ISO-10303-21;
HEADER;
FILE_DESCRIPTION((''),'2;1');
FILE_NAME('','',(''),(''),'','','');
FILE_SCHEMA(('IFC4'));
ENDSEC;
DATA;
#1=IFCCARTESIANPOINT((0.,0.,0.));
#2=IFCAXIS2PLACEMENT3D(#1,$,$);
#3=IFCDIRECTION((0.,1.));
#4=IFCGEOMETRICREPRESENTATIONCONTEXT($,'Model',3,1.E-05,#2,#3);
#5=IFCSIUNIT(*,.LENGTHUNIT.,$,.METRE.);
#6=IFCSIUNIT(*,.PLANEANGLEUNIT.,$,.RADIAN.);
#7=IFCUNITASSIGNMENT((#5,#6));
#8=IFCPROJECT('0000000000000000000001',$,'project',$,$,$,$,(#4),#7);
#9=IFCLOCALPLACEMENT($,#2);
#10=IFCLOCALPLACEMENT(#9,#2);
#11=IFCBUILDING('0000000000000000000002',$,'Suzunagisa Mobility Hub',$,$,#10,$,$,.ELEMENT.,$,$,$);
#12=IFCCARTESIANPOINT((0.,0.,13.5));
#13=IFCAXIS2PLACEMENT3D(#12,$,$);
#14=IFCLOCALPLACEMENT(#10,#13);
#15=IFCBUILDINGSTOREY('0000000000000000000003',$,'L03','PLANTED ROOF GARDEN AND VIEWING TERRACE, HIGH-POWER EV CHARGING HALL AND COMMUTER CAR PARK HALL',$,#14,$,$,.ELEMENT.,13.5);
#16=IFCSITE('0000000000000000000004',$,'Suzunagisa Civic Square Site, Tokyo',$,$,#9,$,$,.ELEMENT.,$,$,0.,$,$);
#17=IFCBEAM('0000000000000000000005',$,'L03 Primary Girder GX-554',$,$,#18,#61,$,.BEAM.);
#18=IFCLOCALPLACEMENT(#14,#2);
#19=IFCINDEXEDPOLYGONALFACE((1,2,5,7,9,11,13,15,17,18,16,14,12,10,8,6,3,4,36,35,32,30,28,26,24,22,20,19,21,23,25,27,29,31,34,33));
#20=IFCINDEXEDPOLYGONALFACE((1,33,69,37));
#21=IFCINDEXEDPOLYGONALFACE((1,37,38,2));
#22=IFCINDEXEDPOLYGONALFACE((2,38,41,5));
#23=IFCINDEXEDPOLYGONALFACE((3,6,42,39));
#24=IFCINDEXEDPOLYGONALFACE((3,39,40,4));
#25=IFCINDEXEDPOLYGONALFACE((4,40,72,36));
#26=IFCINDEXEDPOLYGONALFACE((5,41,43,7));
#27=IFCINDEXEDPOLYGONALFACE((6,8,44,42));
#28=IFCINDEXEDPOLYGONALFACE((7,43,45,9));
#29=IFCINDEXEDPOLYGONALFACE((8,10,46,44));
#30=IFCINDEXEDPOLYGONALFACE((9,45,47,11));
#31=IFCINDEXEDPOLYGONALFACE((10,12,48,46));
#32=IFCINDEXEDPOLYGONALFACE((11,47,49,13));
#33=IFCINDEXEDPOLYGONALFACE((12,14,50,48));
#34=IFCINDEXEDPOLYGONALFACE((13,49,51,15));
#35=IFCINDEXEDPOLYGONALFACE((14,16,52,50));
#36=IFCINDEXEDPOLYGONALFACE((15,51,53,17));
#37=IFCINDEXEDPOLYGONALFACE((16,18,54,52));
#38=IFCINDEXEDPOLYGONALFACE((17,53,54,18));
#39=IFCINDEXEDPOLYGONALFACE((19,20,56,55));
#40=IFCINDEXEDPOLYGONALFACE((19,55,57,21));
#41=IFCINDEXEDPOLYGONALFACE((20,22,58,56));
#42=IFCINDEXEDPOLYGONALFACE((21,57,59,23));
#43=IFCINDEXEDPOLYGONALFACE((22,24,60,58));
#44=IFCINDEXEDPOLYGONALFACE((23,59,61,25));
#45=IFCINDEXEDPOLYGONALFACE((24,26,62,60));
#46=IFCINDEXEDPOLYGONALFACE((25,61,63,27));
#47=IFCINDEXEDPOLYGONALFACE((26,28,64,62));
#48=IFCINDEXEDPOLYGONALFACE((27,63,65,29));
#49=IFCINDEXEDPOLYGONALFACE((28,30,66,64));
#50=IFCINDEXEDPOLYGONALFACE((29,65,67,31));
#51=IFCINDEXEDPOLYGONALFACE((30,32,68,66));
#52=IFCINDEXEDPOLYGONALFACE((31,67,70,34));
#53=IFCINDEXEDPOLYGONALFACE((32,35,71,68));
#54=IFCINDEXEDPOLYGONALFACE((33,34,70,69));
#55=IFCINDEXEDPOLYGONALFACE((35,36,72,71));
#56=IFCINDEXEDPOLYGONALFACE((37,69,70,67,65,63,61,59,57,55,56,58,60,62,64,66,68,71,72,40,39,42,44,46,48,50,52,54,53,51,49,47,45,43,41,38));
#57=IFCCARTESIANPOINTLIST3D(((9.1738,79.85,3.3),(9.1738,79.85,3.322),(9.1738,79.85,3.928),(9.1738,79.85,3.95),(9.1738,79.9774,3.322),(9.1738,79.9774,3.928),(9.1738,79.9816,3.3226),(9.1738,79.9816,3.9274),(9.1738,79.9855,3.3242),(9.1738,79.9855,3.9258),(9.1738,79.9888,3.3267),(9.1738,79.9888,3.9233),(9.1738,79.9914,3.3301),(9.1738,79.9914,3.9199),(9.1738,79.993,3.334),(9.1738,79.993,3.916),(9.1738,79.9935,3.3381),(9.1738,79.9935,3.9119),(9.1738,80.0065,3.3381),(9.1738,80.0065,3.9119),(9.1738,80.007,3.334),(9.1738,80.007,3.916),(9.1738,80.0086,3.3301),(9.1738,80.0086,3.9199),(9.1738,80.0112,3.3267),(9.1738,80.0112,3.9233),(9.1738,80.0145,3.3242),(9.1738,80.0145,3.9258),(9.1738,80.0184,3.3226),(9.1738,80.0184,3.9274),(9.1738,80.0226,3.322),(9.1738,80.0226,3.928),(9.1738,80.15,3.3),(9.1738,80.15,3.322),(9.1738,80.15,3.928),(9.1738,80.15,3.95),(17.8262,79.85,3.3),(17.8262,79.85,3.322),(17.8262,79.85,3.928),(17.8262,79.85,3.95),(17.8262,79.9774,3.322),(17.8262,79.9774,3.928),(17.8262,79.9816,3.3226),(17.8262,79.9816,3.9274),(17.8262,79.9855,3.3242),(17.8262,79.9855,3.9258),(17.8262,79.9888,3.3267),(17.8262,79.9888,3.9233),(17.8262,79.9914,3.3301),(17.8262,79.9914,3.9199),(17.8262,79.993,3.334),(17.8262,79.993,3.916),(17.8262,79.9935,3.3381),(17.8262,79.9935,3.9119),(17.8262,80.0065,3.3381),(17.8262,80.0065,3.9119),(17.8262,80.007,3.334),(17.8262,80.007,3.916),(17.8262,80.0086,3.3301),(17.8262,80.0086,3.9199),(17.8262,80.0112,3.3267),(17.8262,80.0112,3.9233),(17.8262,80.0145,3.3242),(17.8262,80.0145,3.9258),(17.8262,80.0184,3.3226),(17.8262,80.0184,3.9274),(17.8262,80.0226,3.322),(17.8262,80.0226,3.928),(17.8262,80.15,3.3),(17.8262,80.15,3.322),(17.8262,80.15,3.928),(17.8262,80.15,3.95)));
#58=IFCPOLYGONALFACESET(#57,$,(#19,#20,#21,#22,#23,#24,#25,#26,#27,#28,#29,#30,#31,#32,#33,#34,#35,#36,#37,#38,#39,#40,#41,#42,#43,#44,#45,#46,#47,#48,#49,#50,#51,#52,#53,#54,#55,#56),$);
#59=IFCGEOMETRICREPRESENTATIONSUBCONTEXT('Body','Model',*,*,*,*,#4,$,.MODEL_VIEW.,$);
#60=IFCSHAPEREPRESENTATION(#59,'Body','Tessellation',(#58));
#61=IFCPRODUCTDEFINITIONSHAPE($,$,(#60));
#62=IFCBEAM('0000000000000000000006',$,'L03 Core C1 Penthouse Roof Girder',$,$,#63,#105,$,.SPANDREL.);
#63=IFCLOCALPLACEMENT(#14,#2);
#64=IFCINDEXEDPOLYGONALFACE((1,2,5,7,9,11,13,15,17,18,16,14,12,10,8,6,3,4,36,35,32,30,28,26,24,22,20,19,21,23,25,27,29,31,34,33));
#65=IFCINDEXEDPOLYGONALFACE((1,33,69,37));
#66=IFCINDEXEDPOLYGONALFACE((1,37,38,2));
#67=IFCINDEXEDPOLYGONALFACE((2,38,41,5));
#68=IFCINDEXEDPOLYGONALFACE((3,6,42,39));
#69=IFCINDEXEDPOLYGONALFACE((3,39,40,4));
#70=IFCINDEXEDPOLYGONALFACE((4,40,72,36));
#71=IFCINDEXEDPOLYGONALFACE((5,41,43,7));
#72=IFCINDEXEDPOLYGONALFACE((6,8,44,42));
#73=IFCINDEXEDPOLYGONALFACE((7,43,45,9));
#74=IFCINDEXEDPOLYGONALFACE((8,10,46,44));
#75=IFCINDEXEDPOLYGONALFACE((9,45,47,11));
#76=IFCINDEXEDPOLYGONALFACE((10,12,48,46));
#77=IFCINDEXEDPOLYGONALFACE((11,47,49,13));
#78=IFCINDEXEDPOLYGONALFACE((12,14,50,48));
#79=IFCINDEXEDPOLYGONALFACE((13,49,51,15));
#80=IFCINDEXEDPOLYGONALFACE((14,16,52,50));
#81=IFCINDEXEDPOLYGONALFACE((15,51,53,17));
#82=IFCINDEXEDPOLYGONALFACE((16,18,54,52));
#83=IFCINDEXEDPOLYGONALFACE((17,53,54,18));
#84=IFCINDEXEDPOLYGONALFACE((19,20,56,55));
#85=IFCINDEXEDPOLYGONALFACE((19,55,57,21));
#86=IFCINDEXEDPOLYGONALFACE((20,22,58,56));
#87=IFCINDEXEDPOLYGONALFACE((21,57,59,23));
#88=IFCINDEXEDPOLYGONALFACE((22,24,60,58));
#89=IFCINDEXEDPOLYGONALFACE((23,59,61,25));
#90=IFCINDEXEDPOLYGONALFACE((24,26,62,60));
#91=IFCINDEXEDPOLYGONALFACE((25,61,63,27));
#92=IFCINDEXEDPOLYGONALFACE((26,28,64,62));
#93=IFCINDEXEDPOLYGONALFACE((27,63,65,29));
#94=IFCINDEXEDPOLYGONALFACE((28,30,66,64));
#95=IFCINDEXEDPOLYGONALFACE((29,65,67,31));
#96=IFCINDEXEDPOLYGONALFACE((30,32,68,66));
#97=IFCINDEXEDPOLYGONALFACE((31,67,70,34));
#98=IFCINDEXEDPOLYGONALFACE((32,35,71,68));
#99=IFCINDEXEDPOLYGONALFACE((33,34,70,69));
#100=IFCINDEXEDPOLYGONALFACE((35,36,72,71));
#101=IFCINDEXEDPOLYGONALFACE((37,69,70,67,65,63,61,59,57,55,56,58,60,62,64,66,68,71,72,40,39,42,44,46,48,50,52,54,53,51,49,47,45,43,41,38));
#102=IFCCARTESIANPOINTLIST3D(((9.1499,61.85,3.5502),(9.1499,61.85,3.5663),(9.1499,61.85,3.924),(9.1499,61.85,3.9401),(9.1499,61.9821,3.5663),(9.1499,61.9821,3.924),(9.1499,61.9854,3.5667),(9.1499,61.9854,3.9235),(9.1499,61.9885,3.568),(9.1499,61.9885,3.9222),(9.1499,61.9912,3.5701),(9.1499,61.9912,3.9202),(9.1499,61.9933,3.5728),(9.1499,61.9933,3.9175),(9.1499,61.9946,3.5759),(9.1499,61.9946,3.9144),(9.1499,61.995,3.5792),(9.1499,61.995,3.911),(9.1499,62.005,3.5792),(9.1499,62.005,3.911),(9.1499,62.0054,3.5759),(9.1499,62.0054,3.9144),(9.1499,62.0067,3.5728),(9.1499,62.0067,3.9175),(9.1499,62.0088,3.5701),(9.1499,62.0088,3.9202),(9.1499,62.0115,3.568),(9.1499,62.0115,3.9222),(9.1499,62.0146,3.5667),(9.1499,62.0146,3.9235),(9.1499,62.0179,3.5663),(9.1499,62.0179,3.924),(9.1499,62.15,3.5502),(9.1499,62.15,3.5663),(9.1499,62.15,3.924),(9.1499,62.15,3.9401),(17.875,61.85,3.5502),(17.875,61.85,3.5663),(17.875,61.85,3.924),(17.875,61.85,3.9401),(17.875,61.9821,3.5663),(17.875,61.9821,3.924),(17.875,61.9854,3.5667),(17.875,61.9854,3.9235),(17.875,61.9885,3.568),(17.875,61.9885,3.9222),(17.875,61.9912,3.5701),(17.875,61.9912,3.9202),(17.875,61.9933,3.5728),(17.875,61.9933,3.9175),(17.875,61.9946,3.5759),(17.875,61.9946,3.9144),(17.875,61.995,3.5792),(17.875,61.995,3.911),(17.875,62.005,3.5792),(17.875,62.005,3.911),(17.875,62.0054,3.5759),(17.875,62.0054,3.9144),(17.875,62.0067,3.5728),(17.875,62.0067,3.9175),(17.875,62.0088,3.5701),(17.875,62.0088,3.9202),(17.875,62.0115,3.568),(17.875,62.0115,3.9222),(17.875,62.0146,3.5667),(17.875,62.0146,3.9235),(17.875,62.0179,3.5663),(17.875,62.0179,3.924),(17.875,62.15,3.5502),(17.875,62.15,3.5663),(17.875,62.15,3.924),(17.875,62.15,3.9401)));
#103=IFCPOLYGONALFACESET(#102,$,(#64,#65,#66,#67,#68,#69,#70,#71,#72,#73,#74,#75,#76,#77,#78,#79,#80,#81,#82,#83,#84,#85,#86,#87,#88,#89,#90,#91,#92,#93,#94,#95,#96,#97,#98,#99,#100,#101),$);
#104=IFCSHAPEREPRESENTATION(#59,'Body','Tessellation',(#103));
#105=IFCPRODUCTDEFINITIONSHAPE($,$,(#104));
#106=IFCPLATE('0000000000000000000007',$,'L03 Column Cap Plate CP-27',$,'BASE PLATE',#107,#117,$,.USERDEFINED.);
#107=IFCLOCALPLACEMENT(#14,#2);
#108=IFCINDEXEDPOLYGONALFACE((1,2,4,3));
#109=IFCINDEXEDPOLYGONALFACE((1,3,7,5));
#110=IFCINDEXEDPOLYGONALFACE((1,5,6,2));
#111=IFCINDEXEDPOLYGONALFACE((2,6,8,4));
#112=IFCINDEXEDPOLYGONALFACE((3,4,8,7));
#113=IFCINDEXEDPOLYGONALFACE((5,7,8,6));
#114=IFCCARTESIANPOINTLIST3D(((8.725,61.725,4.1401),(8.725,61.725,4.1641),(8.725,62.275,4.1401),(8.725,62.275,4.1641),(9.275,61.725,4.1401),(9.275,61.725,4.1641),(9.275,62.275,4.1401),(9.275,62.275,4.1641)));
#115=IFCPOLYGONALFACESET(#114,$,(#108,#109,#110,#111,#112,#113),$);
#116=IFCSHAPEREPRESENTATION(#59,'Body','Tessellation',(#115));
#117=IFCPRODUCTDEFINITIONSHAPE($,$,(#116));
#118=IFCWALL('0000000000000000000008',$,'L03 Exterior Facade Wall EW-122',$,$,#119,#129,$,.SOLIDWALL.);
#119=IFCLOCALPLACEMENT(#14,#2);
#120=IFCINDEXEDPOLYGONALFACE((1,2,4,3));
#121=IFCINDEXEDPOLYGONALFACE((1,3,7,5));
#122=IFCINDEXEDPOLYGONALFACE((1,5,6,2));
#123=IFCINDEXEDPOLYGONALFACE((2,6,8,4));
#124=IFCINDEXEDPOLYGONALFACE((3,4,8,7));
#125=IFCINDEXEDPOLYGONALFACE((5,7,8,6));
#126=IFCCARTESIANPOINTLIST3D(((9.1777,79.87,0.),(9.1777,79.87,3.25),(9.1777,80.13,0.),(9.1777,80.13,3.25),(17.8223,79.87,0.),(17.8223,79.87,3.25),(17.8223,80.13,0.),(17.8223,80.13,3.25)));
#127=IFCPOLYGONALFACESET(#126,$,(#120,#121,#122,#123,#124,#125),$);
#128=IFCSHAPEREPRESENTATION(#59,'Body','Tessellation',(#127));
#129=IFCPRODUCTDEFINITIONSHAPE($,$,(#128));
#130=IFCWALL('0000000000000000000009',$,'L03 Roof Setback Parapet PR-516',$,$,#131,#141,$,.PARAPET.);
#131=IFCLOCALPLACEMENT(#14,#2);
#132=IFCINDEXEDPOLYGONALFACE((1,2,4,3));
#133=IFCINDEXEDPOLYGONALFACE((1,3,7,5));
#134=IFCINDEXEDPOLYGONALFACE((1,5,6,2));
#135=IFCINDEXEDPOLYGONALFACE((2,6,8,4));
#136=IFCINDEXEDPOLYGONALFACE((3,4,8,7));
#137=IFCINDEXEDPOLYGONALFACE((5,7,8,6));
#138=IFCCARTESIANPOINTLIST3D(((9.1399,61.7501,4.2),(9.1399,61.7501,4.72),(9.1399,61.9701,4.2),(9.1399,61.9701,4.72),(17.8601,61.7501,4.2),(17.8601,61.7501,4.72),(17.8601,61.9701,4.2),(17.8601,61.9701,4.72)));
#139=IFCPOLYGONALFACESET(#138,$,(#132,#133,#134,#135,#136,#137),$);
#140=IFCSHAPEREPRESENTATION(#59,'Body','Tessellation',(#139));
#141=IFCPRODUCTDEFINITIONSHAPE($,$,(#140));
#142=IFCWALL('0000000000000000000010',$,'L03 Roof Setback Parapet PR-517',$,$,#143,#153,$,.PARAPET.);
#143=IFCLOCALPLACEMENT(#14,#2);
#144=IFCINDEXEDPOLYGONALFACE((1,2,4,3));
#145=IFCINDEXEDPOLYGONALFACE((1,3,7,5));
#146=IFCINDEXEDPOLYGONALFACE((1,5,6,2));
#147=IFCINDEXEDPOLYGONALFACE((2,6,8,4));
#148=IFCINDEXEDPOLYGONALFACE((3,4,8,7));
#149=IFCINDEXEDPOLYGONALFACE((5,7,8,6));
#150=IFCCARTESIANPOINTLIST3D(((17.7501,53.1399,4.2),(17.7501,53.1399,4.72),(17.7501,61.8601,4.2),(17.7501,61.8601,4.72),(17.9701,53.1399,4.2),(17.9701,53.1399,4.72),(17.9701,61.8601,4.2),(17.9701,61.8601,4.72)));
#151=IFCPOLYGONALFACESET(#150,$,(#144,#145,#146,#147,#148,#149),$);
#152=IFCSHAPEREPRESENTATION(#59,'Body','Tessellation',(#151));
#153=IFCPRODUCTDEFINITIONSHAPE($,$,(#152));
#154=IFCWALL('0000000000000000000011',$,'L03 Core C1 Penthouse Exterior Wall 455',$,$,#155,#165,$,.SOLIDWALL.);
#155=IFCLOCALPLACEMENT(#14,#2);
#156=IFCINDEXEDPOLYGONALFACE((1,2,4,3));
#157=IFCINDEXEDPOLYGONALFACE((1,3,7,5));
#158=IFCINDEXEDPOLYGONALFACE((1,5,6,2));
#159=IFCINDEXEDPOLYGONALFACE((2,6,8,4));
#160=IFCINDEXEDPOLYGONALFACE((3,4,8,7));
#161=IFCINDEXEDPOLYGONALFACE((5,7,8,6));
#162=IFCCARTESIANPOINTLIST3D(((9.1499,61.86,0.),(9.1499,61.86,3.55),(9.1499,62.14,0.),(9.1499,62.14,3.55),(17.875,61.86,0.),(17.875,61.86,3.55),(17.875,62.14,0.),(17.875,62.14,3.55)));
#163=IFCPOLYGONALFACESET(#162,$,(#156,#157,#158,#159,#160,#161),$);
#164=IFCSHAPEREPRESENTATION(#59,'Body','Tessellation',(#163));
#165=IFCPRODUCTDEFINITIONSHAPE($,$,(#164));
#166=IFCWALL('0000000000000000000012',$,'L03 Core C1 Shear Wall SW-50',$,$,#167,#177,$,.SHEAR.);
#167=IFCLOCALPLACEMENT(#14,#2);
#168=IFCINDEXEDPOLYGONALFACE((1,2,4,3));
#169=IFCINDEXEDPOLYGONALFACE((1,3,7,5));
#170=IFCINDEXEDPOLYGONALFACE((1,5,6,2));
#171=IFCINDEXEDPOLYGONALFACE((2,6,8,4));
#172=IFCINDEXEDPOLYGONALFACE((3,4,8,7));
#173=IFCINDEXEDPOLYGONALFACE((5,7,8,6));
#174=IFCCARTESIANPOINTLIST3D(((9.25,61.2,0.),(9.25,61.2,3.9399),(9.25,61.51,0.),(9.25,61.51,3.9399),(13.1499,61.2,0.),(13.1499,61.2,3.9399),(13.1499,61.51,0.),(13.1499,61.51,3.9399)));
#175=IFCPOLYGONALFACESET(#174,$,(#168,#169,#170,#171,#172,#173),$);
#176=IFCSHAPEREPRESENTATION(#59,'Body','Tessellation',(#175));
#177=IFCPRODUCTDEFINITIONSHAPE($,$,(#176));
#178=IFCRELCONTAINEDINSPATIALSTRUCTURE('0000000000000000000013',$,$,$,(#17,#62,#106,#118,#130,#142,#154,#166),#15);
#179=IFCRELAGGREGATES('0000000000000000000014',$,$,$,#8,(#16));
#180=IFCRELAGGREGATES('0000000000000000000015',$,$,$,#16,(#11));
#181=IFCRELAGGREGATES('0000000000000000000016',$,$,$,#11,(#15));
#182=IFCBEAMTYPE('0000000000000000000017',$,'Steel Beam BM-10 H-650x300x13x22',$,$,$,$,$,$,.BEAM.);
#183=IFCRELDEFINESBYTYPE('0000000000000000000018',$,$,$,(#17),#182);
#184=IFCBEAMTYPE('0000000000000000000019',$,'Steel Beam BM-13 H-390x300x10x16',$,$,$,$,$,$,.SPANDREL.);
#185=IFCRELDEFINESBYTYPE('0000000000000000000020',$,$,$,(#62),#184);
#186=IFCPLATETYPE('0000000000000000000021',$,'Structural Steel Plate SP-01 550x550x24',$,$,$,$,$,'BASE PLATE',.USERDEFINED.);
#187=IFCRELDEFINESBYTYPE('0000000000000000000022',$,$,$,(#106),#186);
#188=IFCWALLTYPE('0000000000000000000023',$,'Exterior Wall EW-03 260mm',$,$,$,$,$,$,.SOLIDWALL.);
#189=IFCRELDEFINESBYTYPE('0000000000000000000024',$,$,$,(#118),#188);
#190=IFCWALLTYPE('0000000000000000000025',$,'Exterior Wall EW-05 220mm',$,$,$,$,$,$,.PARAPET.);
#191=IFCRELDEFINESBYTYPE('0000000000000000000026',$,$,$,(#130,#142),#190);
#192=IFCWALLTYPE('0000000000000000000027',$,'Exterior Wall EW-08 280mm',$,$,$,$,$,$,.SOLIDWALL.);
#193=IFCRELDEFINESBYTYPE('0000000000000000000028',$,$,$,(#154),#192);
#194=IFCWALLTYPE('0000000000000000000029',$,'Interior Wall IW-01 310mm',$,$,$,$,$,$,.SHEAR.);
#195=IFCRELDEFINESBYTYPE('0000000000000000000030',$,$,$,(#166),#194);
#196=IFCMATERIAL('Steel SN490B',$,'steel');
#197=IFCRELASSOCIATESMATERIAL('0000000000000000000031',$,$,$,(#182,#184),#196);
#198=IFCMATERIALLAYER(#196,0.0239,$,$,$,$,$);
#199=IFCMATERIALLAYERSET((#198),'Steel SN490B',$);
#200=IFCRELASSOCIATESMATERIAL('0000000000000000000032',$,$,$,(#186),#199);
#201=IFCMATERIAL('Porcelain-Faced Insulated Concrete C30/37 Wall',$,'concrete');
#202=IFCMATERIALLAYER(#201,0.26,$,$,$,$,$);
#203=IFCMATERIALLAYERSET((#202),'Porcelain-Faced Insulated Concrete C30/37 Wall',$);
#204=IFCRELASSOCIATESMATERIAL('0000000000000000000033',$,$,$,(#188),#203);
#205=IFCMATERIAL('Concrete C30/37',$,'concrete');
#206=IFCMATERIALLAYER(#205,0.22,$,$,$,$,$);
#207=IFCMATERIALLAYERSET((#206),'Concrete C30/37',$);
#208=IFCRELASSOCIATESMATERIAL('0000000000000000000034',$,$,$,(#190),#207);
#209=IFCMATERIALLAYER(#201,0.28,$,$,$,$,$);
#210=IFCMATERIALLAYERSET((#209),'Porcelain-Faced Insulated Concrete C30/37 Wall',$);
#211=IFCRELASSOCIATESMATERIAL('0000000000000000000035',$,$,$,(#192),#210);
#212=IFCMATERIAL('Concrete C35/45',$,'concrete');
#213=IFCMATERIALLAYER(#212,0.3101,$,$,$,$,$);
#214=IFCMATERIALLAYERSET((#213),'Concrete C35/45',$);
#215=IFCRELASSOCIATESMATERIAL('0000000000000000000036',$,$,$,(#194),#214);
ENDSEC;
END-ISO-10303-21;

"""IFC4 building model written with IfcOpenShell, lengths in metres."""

from ifc_helpers import new_model, si_unit, direction, frame, frame_2d, origin, origin_2d, place, context, subcontext, project, spatial, rectangle, i_section, extrude, material, layer, layer_set, material_profile, profile_set, type_object, element, save


model = new_model("IFC4")

# Units and contexts
model_context = context("Model", 3, precision=1e-05, world=origin(), true_north=direction((0.0, 1.0)))
body_context = subcontext(model_context, "Body", "Model", "MODEL_VIEW")
ifc_project = project(units=[si_unit("LENGTHUNIT", "METRE"), si_unit("PLANEANGLEUNIT", "RADIAN")], contexts=[model_context])

# Site, building, storey
site_placement = place(None, origin())
site = spatial("IfcSite", under=ifc_project, at=site_placement, Name="Suzunagisa Civic Square Site, Tokyo", CompositionType="ELEMENT", RefElevation=0.0)
building_placement = place(site_placement, origin())
building = spatial("IfcBuilding", under=site, at=building_placement, Name="Suzunagisa Mobility Hub", CompositionType="ELEMENT")
storey_placement = place(building_placement, frame((0.0, 0.0, 13.5)))
storey = spatial("IfcBuildingStorey", under=building, at=storey_placement, Name="L03", Description="PLANTED ROOF GARDEN AND VIEWING TERRACE, HIGH-POWER EV CHARGING HALL AND COMMUTER CAR PARK HALL", CompositionType="ELEMENT", Elevation=13.5)

# Shared definitions
ifc_material_1 = material(Name="Steel SN490B", Category="steel")

# Beams
ifc_material_profile_1 = material_profile(ifc_material_1, i_section(OverallWidth=0.3, OverallDepth=0.6499, WebThickness=0.0129, FlangeThickness=0.022, FilletRadius=0.0161, at=origin_2d()), Name="H-650x300x13x22")
ifc_profile_set_1 = profile_set([ifc_material_profile_1], Name="Steel SN490B")
beam_type_1 = type_object("IfcBeamType", Name="Steel Beam BM-10 H-650x300x13x22", PredefinedType="BEAM", material=ifc_profile_set_1)
beam_1_placement = place(storey_placement, frame((9.1738, 80.0, 3.625), z_axis=(1.0, 0.0, 0.0), x_axis=(0.0, 1.0, 0.0)))
element("IfcBeam", 1, at=beam_1_placement, inside=storey, type_object=beam_type_1, Name="L03 Primary Girder GX-554", PredefinedType="BEAM", context=body_context, shape_type="SweptSolid", body=[
    extrude(i_section(OverallWidth=0.3, OverallDepth=0.6499, WebThickness=0.0129, FlangeThickness=0.022, FilletRadius=0.0161, at=origin_2d()), origin(), (0.0, 0.0, 1.0), 8.6523),
])
ifc_material_profile_2 = material_profile(ifc_material_1, i_section(OverallWidth=0.3, OverallDepth=0.3899, WebThickness=0.01, FlangeThickness=0.0161, FilletRadius=0.0129, at=origin_2d()), Name="H-390x300x10x16")
ifc_profile_set_2 = profile_set([ifc_material_profile_2], Name="Steel SN490B")
beam_type_2 = type_object("IfcBeamType", Name="Steel Beam BM-13 H-390x300x10x16", PredefinedType="SPANDREL", material=ifc_profile_set_2)
beam_2_placement = place(storey_placement, frame((9.1499, 62.0, 3.7451), z_axis=(1.0, 0.0, 0.0), x_axis=(0.0, 1.0, 0.0)))
element("IfcBeam", 2, at=beam_2_placement, inside=storey, type_object=beam_type_2, Name="L03 Core C1 Penthouse Roof Girder", PredefinedType="SPANDREL", context=body_context, shape_type="SweptSolid", body=[
    extrude(i_section(OverallWidth=0.3, OverallDepth=0.3899, WebThickness=0.01, FlangeThickness=0.0161, FilletRadius=0.0129, at=origin_2d()), origin(), (0.0, 0.0, 1.0), 8.7251),
])

# Plate
ifc_layer_1 = layer(ifc_material_1, 0.0239)
ifc_layer_set_1 = layer_set([ifc_layer_1], Name="Steel SN490B")
plate_type = type_object("IfcPlateType", Name="Structural Steel Plate SP-01 550x550x24", ElementType="BASE PLATE", PredefinedType="USERDEFINED", material=ifc_layer_set_1)
plate_placement = place(storey_placement, frame((9.0, 62.0, 4.1401), z_axis=(0.0, 0.0, 1.0), x_axis=(1.0, 0.0, 0.0)))
element("IfcPlate", 3, at=plate_placement, inside=storey, type_object=plate_type, Name="L03 Column Cap Plate CP-27", ObjectType="BASE PLATE", PredefinedType="USERDEFINED", context=body_context, shape_type="SweptSolid", body=[
    extrude(rectangle(XDim=0.55, YDim=0.55, at=origin_2d()), origin(), (0.0, 0.0, 1.0), 0.0239),
])

# Walls
ifc_material_2 = material(Name="Porcelain-Faced Insulated Concrete C30/37 Wall", Category="concrete")
ifc_layer_2 = layer(ifc_material_2, 0.26)
ifc_layer_set_2 = layer_set([ifc_layer_2], Name="Porcelain-Faced Insulated Concrete C30/37 Wall")
wall_type_1 = type_object("IfcWallType", Name="Exterior Wall EW-03 260mm", PredefinedType="SOLIDWALL", material=ifc_layer_set_2)
wall_1_placement = place(storey_placement, frame((9.1777, 80.0, 0.0), z_axis=(0.0, 0.0, 1.0), x_axis=(1.0, 0.0, 0.0)))
element("IfcWall", 4, at=wall_1_placement, inside=storey, type_object=wall_type_1, Name="L03 Exterior Facade Wall EW-122", PredefinedType="SOLIDWALL", context=body_context, shape_type="SweptSolid", body=[
    extrude(rectangle(XDim=8.6445, YDim=0.26, at=frame_2d((4.3223, 0.0))), origin(), (0.0, 0.0, 1.0), 3.25),
])
ifc_material_3 = material(Name="Concrete C30/37", Category="concrete")
ifc_layer_3 = layer(ifc_material_3, 0.22)
ifc_layer_set_3 = layer_set([ifc_layer_3], Name="Concrete C30/37")
wall_type_2 = type_object("IfcWallType", Name="Exterior Wall EW-05 220mm", PredefinedType="PARAPET", material=ifc_layer_set_3)
for number, where, z_axis, x_axis, name in (
    (5, (9.1399, 61.8601, 4.2), (0.0, 0.0, 1.0), (1.0, 0.0, 0.0), "L03 Roof Setback Parapet PR-516"),
    (6, (17.8601, 61.8601, 4.2), (0.0, 0.0, 1.0), (0.0, -1.0, 0.0), "L03 Roof Setback Parapet PR-517"),
):
    element("IfcWall", number, at=place(storey_placement, frame(where, z_axis=z_axis, x_axis=x_axis)), inside=storey, type_object=wall_type_2, Name=name, PredefinedType="PARAPET", context=body_context, shape_type="SweptSolid", body=[
        extrude(rectangle(XDim=8.7202, YDim=0.22, at=frame_2d((4.3601, 0.0))), origin(), (0.0, 0.0, 1.0), 0.52),
    ])
ifc_layer_4 = layer(ifc_material_2, 0.28)
ifc_layer_set_4 = layer_set([ifc_layer_4], Name="Porcelain-Faced Insulated Concrete C30/37 Wall")
wall_type_3 = type_object("IfcWallType", Name="Exterior Wall EW-08 280mm", PredefinedType="SOLIDWALL", material=ifc_layer_set_4)
wall_2_placement = place(storey_placement, frame((17.875, 62.0, 0.0), z_axis=(0.0, 0.0, 1.0), x_axis=(-1.0, 0.0, 0.0)))
element("IfcWall", 7, at=wall_2_placement, inside=storey, type_object=wall_type_3, Name="L03 Core C1 Penthouse Exterior Wall 455", PredefinedType="SOLIDWALL", context=body_context, shape_type="SweptSolid", body=[
    extrude(rectangle(XDim=8.7251, YDim=0.28, at=frame_2d((4.3625, 0.0))), origin(), (0.0, 0.0, 1.0), 3.55),
])
ifc_material_4 = material(Name="Concrete C35/45", Category="concrete")
ifc_layer_5 = layer(ifc_material_4, 0.3101)
ifc_layer_set_5 = layer_set([ifc_layer_5], Name="Concrete C35/45")
wall_type_4 = type_object("IfcWallType", Name="Interior Wall IW-01 310mm", PredefinedType="SHEAR", material=ifc_layer_set_5)
wall_3_placement = place(storey_placement, frame((9.25, 61.355, 0.0), z_axis=(0.0, 0.0, 1.0), x_axis=(1.0, 0.0, 0.0)))
element("IfcWall", 8, at=wall_3_placement, inside=storey, type_object=wall_type_4, Name="L03 Core C1 Shear Wall SW-50", PredefinedType="SHEAR", context=body_context, shape_type="SweptSolid", body=[
    extrude(rectangle(XDim=3.8999, YDim=0.3101, at=frame_2d((1.95, 0.0))), origin(), (0.0, 0.0, 1.0), 3.9399),
])

save(model, "model.ifc")
